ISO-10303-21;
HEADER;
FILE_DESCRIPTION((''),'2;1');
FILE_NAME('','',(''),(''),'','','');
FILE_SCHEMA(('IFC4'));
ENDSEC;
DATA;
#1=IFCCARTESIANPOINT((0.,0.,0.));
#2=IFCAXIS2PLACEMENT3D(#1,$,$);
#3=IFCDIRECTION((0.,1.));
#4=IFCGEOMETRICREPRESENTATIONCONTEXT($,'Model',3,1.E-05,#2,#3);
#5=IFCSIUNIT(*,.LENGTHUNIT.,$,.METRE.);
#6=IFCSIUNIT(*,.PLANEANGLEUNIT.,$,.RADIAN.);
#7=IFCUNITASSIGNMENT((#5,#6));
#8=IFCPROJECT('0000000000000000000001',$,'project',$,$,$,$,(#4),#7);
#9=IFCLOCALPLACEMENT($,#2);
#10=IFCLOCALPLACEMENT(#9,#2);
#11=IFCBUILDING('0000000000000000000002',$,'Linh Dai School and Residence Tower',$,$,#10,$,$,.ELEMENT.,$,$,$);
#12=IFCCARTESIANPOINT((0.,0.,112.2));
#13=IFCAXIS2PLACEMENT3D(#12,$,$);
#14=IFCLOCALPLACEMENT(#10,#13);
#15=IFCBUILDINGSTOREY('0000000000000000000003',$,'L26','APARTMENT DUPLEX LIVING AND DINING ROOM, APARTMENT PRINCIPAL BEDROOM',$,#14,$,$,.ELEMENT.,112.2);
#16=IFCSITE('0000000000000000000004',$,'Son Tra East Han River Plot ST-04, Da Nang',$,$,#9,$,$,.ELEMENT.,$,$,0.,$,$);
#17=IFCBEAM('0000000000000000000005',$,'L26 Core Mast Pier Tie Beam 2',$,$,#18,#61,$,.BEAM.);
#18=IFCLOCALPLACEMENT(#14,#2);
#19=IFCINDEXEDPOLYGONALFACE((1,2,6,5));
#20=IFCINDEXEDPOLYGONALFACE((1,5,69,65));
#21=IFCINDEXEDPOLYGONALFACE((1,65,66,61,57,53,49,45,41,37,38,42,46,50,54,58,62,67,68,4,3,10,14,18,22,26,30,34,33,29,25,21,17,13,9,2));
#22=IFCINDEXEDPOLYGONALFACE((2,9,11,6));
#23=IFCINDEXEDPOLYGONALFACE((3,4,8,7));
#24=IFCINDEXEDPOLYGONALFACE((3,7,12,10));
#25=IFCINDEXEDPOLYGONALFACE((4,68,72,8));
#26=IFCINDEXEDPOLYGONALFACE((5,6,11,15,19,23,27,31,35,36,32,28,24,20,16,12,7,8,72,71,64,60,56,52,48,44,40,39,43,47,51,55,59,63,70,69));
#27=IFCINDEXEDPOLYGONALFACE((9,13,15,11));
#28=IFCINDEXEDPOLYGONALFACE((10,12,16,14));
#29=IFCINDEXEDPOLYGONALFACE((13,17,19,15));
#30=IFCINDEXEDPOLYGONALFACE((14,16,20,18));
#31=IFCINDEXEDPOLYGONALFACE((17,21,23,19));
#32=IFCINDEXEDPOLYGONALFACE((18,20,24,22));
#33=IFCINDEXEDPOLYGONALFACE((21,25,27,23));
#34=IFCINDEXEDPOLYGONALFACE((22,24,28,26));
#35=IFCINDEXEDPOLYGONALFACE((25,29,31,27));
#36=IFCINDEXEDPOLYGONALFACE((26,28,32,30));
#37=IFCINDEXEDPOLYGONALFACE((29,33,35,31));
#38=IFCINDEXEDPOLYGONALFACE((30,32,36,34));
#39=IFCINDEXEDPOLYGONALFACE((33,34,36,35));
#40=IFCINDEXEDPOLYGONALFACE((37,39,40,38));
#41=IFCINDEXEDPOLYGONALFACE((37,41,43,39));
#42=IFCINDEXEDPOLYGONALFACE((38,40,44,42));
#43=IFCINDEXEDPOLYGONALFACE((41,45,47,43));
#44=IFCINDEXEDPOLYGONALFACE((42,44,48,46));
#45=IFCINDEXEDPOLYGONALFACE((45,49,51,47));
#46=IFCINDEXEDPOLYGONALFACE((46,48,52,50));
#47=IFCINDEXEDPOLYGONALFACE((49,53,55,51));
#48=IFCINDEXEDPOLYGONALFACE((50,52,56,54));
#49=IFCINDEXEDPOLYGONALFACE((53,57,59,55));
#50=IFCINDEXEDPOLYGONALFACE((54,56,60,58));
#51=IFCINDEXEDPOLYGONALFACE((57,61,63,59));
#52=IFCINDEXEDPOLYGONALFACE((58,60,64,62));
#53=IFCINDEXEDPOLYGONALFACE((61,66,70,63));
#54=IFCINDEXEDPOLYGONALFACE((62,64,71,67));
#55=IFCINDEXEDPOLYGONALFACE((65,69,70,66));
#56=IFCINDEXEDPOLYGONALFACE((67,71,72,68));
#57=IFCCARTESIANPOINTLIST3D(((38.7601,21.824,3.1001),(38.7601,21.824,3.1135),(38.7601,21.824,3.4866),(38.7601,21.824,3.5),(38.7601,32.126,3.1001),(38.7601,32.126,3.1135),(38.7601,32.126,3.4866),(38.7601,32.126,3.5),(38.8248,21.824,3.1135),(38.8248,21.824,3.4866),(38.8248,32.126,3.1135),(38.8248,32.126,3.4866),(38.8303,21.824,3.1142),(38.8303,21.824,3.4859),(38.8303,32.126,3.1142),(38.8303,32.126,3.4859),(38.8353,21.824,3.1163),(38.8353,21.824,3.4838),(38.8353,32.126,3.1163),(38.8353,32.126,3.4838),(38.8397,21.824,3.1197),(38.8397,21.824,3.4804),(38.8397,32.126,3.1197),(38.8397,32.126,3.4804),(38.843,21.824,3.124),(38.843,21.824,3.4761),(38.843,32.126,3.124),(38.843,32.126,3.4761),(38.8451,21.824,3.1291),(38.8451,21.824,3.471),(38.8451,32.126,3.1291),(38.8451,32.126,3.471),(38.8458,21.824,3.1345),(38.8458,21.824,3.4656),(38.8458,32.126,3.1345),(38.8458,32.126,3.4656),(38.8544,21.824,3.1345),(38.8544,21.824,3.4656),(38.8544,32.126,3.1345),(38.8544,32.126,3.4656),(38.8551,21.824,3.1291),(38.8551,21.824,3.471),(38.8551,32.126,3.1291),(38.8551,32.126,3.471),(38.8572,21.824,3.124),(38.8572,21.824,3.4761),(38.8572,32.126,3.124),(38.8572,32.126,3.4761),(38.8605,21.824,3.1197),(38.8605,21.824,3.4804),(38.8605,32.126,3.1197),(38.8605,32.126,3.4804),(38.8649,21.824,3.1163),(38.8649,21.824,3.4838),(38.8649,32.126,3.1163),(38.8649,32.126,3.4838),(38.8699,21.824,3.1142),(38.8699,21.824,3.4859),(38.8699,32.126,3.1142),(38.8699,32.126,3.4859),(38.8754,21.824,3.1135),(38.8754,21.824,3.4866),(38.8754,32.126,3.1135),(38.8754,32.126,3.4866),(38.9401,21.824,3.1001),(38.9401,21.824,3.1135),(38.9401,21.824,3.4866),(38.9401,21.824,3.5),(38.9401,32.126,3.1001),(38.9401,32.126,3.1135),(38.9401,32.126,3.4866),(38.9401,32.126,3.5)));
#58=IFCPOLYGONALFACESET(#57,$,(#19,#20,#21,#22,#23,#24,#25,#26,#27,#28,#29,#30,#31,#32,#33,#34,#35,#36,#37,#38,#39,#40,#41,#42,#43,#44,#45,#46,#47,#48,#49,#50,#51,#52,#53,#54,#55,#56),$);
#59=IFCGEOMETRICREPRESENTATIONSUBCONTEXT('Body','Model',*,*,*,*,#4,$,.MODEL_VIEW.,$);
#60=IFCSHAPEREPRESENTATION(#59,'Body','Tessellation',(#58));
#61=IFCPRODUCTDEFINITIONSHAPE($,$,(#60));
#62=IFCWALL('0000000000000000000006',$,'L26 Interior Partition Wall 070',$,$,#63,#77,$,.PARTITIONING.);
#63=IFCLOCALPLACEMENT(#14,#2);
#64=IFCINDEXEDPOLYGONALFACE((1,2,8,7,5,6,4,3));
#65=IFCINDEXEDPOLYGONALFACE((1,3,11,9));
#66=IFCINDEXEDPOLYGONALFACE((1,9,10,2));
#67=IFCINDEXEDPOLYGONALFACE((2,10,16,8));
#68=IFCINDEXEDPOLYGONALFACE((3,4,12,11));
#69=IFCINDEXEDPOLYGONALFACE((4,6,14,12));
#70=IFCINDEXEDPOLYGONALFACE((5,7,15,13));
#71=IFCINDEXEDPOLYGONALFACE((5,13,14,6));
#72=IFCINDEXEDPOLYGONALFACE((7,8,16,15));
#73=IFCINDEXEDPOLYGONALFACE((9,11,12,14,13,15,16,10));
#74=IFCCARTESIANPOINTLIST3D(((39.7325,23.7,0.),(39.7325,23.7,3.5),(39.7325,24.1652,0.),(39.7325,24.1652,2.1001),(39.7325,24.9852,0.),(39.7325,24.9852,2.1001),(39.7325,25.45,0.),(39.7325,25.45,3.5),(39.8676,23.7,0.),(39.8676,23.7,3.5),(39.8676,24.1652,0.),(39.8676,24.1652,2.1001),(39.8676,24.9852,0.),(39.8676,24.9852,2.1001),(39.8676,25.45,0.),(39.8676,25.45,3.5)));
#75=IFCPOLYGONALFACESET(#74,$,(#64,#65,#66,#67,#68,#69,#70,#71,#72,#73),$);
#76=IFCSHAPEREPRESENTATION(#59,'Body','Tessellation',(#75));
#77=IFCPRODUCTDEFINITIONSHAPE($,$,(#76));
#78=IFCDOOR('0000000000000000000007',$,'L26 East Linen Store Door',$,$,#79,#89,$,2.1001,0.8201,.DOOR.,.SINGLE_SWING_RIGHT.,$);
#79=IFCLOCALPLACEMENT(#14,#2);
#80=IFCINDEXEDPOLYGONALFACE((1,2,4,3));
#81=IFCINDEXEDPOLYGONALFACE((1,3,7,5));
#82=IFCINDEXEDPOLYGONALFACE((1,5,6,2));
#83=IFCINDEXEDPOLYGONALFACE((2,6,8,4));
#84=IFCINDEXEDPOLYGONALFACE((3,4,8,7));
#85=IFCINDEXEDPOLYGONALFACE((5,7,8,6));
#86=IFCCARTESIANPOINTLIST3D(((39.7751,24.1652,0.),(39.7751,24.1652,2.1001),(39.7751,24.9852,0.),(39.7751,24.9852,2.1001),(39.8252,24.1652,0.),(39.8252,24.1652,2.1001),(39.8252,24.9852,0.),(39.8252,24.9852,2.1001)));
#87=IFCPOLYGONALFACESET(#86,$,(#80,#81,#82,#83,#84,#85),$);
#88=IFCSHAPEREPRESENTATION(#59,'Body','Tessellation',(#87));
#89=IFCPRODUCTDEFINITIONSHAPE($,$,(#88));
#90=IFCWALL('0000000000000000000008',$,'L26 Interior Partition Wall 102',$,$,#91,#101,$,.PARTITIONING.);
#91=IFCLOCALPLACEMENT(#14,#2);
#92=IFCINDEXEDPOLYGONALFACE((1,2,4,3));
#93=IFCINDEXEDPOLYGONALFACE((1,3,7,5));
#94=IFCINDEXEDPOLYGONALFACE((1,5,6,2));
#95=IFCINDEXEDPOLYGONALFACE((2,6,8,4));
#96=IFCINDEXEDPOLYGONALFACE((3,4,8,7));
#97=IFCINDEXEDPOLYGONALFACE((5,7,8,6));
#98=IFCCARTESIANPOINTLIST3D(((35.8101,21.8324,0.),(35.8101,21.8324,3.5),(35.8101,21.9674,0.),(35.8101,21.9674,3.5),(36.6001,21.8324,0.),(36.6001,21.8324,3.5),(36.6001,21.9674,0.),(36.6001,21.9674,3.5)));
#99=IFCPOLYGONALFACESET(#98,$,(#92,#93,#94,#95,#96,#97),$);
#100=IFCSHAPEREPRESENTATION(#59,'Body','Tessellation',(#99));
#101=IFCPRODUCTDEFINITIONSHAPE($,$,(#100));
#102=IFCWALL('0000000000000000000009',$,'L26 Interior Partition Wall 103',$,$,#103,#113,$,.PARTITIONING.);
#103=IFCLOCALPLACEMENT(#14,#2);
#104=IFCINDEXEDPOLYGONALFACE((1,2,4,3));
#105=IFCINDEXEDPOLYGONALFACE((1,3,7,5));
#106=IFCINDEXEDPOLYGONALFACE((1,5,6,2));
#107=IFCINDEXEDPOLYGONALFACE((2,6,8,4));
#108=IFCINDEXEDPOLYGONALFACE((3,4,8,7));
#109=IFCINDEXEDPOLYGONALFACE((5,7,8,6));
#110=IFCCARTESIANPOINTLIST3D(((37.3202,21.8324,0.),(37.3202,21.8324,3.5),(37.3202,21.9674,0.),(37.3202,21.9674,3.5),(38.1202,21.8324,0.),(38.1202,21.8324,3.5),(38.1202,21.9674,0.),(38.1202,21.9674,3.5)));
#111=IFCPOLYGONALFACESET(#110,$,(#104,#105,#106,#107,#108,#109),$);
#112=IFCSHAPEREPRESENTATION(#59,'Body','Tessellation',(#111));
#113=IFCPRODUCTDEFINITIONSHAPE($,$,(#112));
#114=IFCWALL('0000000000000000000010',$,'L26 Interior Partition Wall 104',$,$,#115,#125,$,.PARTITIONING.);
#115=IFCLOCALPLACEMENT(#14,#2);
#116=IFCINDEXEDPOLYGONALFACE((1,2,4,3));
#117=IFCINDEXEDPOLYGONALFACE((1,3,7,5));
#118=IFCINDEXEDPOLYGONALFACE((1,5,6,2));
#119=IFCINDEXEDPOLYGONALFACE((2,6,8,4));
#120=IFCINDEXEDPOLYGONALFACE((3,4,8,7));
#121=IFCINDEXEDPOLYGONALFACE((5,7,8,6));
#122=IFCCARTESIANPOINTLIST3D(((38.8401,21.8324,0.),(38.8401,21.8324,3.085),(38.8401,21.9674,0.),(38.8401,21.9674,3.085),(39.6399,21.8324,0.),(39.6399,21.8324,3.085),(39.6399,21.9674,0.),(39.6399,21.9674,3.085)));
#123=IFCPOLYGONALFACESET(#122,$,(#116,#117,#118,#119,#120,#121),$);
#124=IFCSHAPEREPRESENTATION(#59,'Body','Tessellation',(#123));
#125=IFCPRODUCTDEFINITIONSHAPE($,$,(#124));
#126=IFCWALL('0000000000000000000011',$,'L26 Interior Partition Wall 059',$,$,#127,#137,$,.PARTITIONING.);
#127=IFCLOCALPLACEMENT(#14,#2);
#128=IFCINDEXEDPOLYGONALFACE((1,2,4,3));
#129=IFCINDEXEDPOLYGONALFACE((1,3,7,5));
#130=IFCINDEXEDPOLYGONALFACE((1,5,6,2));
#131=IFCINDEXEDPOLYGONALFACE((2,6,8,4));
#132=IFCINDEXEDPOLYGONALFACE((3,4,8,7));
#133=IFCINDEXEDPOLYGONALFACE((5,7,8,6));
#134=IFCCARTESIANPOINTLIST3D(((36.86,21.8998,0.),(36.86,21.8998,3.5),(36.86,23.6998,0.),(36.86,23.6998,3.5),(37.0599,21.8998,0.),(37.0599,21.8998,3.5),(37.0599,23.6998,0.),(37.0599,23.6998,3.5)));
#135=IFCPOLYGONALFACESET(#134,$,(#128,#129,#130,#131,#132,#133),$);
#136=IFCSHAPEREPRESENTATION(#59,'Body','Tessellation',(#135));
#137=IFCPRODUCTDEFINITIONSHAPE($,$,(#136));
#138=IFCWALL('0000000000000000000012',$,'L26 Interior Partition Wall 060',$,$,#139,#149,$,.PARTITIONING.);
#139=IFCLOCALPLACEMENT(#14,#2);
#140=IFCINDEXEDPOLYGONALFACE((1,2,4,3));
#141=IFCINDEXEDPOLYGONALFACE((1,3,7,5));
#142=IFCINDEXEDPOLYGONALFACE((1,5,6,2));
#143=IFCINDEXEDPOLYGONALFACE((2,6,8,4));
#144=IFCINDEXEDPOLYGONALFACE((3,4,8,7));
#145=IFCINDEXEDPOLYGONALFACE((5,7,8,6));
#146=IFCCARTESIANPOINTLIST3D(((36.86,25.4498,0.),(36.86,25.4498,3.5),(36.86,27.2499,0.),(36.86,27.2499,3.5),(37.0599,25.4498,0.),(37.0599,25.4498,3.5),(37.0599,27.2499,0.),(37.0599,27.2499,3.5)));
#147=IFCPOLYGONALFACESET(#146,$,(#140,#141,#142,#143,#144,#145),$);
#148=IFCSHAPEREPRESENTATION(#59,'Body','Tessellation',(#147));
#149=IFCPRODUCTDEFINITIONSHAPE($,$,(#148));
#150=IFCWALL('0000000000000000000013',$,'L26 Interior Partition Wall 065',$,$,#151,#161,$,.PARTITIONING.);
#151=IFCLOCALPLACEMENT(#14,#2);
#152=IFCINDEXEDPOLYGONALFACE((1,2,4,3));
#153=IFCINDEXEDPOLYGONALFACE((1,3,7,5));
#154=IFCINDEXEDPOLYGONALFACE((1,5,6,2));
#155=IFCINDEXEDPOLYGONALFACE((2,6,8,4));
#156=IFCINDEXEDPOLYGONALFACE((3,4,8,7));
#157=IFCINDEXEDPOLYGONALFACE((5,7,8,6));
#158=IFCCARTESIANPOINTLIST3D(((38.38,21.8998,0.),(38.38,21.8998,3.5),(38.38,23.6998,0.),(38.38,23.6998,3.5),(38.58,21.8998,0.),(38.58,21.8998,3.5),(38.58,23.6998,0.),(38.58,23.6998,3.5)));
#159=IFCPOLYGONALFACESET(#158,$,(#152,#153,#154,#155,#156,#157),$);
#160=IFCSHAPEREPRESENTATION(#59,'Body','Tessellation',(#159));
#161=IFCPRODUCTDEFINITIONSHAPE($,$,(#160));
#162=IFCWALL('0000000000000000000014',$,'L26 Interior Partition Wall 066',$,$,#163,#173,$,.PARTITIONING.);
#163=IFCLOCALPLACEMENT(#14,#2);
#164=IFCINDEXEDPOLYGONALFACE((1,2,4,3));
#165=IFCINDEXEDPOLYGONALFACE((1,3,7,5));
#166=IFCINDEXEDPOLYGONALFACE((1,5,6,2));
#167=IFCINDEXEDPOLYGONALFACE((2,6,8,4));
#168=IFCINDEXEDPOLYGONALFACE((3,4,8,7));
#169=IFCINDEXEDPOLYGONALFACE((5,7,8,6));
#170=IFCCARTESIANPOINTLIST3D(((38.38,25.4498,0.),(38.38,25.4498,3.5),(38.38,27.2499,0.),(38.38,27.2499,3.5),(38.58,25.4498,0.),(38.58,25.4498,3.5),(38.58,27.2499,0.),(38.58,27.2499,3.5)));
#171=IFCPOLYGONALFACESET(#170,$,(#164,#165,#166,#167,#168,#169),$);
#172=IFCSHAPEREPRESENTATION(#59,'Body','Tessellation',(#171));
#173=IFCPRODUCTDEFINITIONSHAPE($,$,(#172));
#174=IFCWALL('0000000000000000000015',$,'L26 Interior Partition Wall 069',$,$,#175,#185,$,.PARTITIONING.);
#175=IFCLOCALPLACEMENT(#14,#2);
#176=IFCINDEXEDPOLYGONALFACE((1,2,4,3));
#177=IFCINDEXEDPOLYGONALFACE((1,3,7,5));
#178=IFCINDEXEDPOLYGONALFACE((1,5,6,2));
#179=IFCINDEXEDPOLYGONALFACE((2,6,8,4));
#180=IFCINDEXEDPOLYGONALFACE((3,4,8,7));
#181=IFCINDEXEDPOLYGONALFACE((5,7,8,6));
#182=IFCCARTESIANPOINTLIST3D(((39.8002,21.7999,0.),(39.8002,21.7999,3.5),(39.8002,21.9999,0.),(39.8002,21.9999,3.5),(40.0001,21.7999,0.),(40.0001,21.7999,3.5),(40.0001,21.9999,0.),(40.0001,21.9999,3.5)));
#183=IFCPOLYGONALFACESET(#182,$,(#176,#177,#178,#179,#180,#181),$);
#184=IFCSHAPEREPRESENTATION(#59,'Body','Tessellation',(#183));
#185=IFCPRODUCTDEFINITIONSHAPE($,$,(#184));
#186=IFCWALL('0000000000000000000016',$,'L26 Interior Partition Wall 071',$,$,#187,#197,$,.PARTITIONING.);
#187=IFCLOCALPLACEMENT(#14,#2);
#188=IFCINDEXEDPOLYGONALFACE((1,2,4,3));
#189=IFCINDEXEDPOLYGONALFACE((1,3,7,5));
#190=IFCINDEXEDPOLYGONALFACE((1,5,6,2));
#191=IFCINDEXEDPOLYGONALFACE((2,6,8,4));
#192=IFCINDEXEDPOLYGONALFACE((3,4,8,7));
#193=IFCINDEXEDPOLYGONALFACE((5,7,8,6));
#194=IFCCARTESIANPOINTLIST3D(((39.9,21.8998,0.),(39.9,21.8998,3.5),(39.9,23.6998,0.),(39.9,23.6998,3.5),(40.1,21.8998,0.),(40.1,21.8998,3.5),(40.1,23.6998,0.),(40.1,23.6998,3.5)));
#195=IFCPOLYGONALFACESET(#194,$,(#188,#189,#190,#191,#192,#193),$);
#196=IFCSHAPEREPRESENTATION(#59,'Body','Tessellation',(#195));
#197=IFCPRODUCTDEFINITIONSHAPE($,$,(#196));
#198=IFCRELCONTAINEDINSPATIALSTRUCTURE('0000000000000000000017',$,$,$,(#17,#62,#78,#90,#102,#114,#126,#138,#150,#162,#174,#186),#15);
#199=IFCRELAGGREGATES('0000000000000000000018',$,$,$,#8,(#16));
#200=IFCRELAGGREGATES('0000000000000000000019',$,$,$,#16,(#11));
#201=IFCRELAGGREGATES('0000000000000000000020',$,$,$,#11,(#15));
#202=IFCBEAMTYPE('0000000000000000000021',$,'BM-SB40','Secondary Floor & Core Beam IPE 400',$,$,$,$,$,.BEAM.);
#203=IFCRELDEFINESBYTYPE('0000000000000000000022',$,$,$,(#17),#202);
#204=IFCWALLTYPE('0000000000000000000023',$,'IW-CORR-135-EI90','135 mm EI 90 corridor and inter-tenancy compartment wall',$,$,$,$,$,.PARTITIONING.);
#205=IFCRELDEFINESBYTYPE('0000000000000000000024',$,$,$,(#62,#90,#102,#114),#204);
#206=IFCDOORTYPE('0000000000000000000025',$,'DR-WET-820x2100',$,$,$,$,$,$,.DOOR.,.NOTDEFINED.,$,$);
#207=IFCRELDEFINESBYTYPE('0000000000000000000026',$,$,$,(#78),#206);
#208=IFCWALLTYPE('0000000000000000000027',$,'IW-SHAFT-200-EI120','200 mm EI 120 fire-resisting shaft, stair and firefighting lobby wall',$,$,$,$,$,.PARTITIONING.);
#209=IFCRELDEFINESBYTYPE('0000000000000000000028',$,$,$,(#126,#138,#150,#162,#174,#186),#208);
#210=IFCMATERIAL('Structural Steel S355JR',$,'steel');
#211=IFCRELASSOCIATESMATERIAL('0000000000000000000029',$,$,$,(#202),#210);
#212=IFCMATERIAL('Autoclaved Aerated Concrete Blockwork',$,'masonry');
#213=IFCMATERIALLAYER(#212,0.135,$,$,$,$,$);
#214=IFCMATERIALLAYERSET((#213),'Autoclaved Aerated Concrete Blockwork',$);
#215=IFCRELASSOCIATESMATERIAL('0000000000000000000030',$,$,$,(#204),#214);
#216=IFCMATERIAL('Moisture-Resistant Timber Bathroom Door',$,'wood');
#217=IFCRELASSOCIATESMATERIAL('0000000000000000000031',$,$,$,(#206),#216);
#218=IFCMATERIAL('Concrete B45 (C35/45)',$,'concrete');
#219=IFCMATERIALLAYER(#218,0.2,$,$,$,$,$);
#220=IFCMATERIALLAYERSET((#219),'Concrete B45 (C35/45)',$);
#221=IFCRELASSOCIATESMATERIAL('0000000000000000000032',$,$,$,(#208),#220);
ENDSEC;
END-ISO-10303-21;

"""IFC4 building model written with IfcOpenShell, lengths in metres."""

from ifc_helpers import new_model, si_unit, direction, frame, frame_2d, origin, origin_2d, place, context, subcontext, project, spatial, rectangle, i_section, extrude, source, transform, mapped, material, layer, layer_set, material_profile, profile_set, type_object, element, fill, save


model = new_model("IFC4")

# Units and contexts
model_context = context("Model", 3, precision=1e-05, world=origin(), true_north=direction((0.0, 1.0)))
body_context = subcontext(model_context, "Body", "Model", "MODEL_VIEW")
ifc_project = project(units=[si_unit("LENGTHUNIT", "METRE"), si_unit("PLANEANGLEUNIT", "RADIAN")], contexts=[model_context])

# Site, building, storey
site_placement = place(None, origin())
site = spatial("IfcSite", under=ifc_project, at=site_placement, Name="Son Tra East Han River Plot ST-04, Da Nang", CompositionType="ELEMENT", RefElevation=0.0)
building_placement = place(site_placement, origin())
building = spatial("IfcBuilding", under=site, at=building_placement, Name="Linh Dai School and Residence Tower", CompositionType="ELEMENT")
storey_placement = place(building_placement, frame((0.0, 0.0, 112.2)))
storey = spatial("IfcBuildingStorey", under=building, at=storey_placement, Name="L26", Description="APARTMENT DUPLEX LIVING AND DINING ROOM, APARTMENT PRINCIPAL BEDROOM", CompositionType="ELEMENT", Elevation=112.2)

# Shared definitions
ifc_material_1 = material(Name="Structural Steel S355JR", Category="steel")

# Beam
ifc_material_profile_1 = material_profile(ifc_material_1, i_section(OverallWidth=0.1799, OverallDepth=0.3999, WebThickness=0.0085, FlangeThickness=0.0134, FilletRadius=0.021, at=origin_2d()), Name="IPE 400")
ifc_profile_set_1 = profile_set([ifc_material_profile_1], Name="Structural Steel S355JR")
beam_type = type_object("IfcBeamType", Name="BM-SB40", Description="Secondary Floor & Core Beam IPE 400", PredefinedType="BEAM", material=ifc_profile_set_1)
beam_placement = place(storey_placement, frame((38.8501, 21.824, 3.3), z_axis=(0.0, 1.0, 0.0), x_axis=(-1.0, 0.0, 0.0)))
element("IfcBeam", 1, at=beam_placement, inside=storey, type_object=beam_type, Name="L26 Core Mast Pier Tie Beam 2", PredefinedType="BEAM", context=body_context, shape_type="SweptSolid", body=[
    extrude(i_section(OverallWidth=0.1799, OverallDepth=0.3999, WebThickness=0.0085, FlangeThickness=0.0134, FilletRadius=0.021, at=origin_2d()), origin(), (0.0, 0.0, 1.0), 10.302),
])

# Wall, opening, door
ifc_material_2 = material(Name="Autoclaved Aerated Concrete Blockwork", Category="masonry")
ifc_layer_1 = layer(ifc_material_2, 0.135)
ifc_layer_set_1 = layer_set([ifc_layer_1], Name="Autoclaved Aerated Concrete Blockwork")
wall_type_1 = type_object("IfcWallType", Name="IW-CORR-135-EI90", Description="135 mm EI 90 corridor and inter-tenancy compartment wall", PredefinedType="PARTITIONING", material=ifc_layer_set_1)
wall_1_placement = place(storey_placement, frame((39.8, 23.7, 0.0), z_axis=(0.0, 0.0, 1.0), x_axis=(0.0, 1.0, 0.0)))
wall_1 = element("IfcWall", 2, at=wall_1_placement, inside=storey, type_object=wall_type_1, Name="L26 Interior Partition Wall 070", PredefinedType="PARTITIONING", context=body_context, shape_type="SweptSolid", body=[
    extrude(rectangle(XDim=1.75, YDim=0.135, at=frame_2d((0.875, 0.0))), origin(), (0.0, 0.0, 1.0), 3.5),
])
opening_placement = place(wall_1_placement, frame((0.4651, 0.0, 0.0)))
opening = element("IfcOpeningElement", 3, at=opening_placement, cuts=wall_1, PredefinedType="OPENING", context=body_context, shape_type="SweptSolid", body=[
    extrude(rectangle(XDim=0.8201, YDim=2.1001, at=origin_2d()), frame((0.4102, 0.0776, 1.05), z_axis=(0.0, -1.0, 0.0), x_axis=(1.0, 0.0, 0.0)), (0.0, 0.0, 1.0), 0.155),
])
ifc_material_3 = material(Name="Moisture-Resistant Timber Bathroom Door", Category="wood")
door_type = type_object("IfcDoorType", Name="DR-WET-820x2100", OperationType="NOTDEFINED", PredefinedType="DOOR", material=ifc_material_3)
shared_shape_1 = source(origin(), body_context, "Body", "SweptSolid", [
    extrude(rectangle(XDim=0.8201, YDim=2.1001, at=origin_2d()), frame((0.4102, 0.0249, 1.05), z_axis=(0.0, -1.0, 0.0), x_axis=(1.0, 0.0, 0.0)), (0.0, 0.0, 1.0), 0.05),
])
door_placement = place(opening_placement, origin())
door = element("IfcDoor", 4, at=door_placement, inside=storey, type_object=door_type, Name="L26 East Linen Store Door", OperationType="SINGLE_SWING_RIGHT", OverallHeight=2.1001, OverallWidth=0.8201, PredefinedType="DOOR", context=body_context, shape_type="MappedRepresentation", body=[
    mapped(shared_shape_1, transform((0.0, 0.0, 0.0), x_axis=(1.0, 0.0, 0.0), y_axis=(0.0, 1.0, 0.0), z_axis=(0.0, 0.0, 1.0), scale=1.0)),
])
fill(opening, door)

# Walls
wall_2_placement = place(storey_placement, frame((36.6001, 21.8999, 0.0), z_axis=(0.0, 0.0, 1.0), x_axis=(-1.0, 0.0, 0.0)))
element("IfcWall", 5, at=wall_2_placement, inside=storey, type_object=wall_type_1, Name="L26 Interior Partition Wall 102", PredefinedType="PARTITIONING", context=body_context, shape_type="SweptSolid", body=[
    extrude(rectangle(XDim=0.79, YDim=0.135, at=frame_2d((0.395, 0.0))), origin(), (0.0, 0.0, 1.0), 3.5),
])
wall_3_placement = place(storey_placement, frame((38.1201, 21.8999, 0.0), z_axis=(0.0, 0.0, 1.0), x_axis=(-1.0, 0.0, 0.0)))
element("IfcWall", 6, at=wall_3_placement, inside=storey, type_object=wall_type_1, Name="L26 Interior Partition Wall 103", PredefinedType="PARTITIONING", context=body_context, shape_type="SweptSolid", body=[
    extrude(rectangle(XDim=0.8, YDim=0.135, at=frame_2d((0.3999, 0.0))), origin(), (0.0, 0.0, 1.0), 3.5),
])
wall_4_placement = place(storey_placement, frame((39.6399, 21.8999, 0.0), z_axis=(0.0, 0.0, 1.0), x_axis=(-1.0, 0.0, 0.0)))
element("IfcWall", 7, at=wall_4_placement, inside=storey, type_object=wall_type_1, Name="L26 Interior Partition Wall 104", PredefinedType="PARTITIONING", context=body_context, shape_type="SweptSolid", body=[
    extrude(rectangle(XDim=0.7998, YDim=0.135, at=frame_2d((0.3999, 0.0))), origin(), (0.0, 0.0, 1.0), 3.085),
])
ifc_material_4 = material(Name="Concrete B45 (C35/45)", Category="concrete")
ifc_layer_2 = layer(ifc_material_4, 0.2)
ifc_layer_set_2 = layer_set([ifc_layer_2], Name="Concrete B45 (C35/45)")
wall_type_2 = type_object("IfcWallType", Name="IW-SHAFT-200-EI120", Description="200 mm EI 120 fire-resisting shaft, stair and firefighting lobby wall", PredefinedType="PARTITIONING", material=ifc_layer_set_2)
for number, where, z_axis, x_axis, name in (
    (8, (36.96, 21.8999, 0.0), (0.0, 0.0, 1.0), (0.0, 1.0, 0.0), "L26 Interior Partition Wall 059"),
    (9, (36.96, 25.45, 0.0), (0.0, 0.0, 1.0), (0.0, 1.0, 0.0), "L26 Interior Partition Wall 060"),
    (10, (38.48, 21.8999, 0.0), (0.0, 0.0, 1.0), (0.0, 1.0, 0.0), "L26 Interior Partition Wall 065"),
    (11, (38.48, 25.45, 0.0), (0.0, 0.0, 1.0), (0.0, 1.0, 0.0), "L26 Interior Partition Wall 066"),
):
    element("IfcWall", number, at=place(storey_placement, frame(where, z_axis=z_axis, x_axis=x_axis)), inside=storey, type_object=wall_type_2, Name=name, PredefinedType="PARTITIONING", context=body_context, shape_type="SweptSolid", body=[
        extrude(rectangle(XDim=1.8, YDim=0.2, at=frame_2d((0.8999, 0.0))), origin(), (0.0, 0.0, 1.0), 3.5),
    ])
wall_5_placement = place(storey_placement, frame((39.8, 21.8999, 0.0), z_axis=(0.0, 0.0, 1.0), x_axis=(1.0, 0.0, 0.0)))
element("IfcWall", 12, at=wall_5_placement, inside=storey, type_object=wall_type_2, Name="L26 Interior Partition Wall 069", PredefinedType="PARTITIONING", context=body_context, shape_type="SweptSolid", body=[
    extrude(rectangle(XDim=0.2, YDim=0.2, at=frame_2d((0.1001, 0.0))), origin(), (0.0, 0.0, 1.0), 3.5),
])
wall_6_placement = place(storey_placement, frame((40.0, 21.8999, 0.0), z_axis=(0.0, 0.0, 1.0), x_axis=(0.0, 1.0, 0.0)))
element("IfcWall", 13, at=wall_6_placement, inside=storey, type_object=wall_type_2, Name="L26 Interior Partition Wall 071", PredefinedType="PARTITIONING", context=body_context, shape_type="SweptSolid", body=[
    extrude(rectangle(XDim=1.8, YDim=0.2, at=frame_2d((0.8999, 0.0))), origin(), (0.0, 0.0, 1.0), 3.5),
])

save(model, "model.ifc")
